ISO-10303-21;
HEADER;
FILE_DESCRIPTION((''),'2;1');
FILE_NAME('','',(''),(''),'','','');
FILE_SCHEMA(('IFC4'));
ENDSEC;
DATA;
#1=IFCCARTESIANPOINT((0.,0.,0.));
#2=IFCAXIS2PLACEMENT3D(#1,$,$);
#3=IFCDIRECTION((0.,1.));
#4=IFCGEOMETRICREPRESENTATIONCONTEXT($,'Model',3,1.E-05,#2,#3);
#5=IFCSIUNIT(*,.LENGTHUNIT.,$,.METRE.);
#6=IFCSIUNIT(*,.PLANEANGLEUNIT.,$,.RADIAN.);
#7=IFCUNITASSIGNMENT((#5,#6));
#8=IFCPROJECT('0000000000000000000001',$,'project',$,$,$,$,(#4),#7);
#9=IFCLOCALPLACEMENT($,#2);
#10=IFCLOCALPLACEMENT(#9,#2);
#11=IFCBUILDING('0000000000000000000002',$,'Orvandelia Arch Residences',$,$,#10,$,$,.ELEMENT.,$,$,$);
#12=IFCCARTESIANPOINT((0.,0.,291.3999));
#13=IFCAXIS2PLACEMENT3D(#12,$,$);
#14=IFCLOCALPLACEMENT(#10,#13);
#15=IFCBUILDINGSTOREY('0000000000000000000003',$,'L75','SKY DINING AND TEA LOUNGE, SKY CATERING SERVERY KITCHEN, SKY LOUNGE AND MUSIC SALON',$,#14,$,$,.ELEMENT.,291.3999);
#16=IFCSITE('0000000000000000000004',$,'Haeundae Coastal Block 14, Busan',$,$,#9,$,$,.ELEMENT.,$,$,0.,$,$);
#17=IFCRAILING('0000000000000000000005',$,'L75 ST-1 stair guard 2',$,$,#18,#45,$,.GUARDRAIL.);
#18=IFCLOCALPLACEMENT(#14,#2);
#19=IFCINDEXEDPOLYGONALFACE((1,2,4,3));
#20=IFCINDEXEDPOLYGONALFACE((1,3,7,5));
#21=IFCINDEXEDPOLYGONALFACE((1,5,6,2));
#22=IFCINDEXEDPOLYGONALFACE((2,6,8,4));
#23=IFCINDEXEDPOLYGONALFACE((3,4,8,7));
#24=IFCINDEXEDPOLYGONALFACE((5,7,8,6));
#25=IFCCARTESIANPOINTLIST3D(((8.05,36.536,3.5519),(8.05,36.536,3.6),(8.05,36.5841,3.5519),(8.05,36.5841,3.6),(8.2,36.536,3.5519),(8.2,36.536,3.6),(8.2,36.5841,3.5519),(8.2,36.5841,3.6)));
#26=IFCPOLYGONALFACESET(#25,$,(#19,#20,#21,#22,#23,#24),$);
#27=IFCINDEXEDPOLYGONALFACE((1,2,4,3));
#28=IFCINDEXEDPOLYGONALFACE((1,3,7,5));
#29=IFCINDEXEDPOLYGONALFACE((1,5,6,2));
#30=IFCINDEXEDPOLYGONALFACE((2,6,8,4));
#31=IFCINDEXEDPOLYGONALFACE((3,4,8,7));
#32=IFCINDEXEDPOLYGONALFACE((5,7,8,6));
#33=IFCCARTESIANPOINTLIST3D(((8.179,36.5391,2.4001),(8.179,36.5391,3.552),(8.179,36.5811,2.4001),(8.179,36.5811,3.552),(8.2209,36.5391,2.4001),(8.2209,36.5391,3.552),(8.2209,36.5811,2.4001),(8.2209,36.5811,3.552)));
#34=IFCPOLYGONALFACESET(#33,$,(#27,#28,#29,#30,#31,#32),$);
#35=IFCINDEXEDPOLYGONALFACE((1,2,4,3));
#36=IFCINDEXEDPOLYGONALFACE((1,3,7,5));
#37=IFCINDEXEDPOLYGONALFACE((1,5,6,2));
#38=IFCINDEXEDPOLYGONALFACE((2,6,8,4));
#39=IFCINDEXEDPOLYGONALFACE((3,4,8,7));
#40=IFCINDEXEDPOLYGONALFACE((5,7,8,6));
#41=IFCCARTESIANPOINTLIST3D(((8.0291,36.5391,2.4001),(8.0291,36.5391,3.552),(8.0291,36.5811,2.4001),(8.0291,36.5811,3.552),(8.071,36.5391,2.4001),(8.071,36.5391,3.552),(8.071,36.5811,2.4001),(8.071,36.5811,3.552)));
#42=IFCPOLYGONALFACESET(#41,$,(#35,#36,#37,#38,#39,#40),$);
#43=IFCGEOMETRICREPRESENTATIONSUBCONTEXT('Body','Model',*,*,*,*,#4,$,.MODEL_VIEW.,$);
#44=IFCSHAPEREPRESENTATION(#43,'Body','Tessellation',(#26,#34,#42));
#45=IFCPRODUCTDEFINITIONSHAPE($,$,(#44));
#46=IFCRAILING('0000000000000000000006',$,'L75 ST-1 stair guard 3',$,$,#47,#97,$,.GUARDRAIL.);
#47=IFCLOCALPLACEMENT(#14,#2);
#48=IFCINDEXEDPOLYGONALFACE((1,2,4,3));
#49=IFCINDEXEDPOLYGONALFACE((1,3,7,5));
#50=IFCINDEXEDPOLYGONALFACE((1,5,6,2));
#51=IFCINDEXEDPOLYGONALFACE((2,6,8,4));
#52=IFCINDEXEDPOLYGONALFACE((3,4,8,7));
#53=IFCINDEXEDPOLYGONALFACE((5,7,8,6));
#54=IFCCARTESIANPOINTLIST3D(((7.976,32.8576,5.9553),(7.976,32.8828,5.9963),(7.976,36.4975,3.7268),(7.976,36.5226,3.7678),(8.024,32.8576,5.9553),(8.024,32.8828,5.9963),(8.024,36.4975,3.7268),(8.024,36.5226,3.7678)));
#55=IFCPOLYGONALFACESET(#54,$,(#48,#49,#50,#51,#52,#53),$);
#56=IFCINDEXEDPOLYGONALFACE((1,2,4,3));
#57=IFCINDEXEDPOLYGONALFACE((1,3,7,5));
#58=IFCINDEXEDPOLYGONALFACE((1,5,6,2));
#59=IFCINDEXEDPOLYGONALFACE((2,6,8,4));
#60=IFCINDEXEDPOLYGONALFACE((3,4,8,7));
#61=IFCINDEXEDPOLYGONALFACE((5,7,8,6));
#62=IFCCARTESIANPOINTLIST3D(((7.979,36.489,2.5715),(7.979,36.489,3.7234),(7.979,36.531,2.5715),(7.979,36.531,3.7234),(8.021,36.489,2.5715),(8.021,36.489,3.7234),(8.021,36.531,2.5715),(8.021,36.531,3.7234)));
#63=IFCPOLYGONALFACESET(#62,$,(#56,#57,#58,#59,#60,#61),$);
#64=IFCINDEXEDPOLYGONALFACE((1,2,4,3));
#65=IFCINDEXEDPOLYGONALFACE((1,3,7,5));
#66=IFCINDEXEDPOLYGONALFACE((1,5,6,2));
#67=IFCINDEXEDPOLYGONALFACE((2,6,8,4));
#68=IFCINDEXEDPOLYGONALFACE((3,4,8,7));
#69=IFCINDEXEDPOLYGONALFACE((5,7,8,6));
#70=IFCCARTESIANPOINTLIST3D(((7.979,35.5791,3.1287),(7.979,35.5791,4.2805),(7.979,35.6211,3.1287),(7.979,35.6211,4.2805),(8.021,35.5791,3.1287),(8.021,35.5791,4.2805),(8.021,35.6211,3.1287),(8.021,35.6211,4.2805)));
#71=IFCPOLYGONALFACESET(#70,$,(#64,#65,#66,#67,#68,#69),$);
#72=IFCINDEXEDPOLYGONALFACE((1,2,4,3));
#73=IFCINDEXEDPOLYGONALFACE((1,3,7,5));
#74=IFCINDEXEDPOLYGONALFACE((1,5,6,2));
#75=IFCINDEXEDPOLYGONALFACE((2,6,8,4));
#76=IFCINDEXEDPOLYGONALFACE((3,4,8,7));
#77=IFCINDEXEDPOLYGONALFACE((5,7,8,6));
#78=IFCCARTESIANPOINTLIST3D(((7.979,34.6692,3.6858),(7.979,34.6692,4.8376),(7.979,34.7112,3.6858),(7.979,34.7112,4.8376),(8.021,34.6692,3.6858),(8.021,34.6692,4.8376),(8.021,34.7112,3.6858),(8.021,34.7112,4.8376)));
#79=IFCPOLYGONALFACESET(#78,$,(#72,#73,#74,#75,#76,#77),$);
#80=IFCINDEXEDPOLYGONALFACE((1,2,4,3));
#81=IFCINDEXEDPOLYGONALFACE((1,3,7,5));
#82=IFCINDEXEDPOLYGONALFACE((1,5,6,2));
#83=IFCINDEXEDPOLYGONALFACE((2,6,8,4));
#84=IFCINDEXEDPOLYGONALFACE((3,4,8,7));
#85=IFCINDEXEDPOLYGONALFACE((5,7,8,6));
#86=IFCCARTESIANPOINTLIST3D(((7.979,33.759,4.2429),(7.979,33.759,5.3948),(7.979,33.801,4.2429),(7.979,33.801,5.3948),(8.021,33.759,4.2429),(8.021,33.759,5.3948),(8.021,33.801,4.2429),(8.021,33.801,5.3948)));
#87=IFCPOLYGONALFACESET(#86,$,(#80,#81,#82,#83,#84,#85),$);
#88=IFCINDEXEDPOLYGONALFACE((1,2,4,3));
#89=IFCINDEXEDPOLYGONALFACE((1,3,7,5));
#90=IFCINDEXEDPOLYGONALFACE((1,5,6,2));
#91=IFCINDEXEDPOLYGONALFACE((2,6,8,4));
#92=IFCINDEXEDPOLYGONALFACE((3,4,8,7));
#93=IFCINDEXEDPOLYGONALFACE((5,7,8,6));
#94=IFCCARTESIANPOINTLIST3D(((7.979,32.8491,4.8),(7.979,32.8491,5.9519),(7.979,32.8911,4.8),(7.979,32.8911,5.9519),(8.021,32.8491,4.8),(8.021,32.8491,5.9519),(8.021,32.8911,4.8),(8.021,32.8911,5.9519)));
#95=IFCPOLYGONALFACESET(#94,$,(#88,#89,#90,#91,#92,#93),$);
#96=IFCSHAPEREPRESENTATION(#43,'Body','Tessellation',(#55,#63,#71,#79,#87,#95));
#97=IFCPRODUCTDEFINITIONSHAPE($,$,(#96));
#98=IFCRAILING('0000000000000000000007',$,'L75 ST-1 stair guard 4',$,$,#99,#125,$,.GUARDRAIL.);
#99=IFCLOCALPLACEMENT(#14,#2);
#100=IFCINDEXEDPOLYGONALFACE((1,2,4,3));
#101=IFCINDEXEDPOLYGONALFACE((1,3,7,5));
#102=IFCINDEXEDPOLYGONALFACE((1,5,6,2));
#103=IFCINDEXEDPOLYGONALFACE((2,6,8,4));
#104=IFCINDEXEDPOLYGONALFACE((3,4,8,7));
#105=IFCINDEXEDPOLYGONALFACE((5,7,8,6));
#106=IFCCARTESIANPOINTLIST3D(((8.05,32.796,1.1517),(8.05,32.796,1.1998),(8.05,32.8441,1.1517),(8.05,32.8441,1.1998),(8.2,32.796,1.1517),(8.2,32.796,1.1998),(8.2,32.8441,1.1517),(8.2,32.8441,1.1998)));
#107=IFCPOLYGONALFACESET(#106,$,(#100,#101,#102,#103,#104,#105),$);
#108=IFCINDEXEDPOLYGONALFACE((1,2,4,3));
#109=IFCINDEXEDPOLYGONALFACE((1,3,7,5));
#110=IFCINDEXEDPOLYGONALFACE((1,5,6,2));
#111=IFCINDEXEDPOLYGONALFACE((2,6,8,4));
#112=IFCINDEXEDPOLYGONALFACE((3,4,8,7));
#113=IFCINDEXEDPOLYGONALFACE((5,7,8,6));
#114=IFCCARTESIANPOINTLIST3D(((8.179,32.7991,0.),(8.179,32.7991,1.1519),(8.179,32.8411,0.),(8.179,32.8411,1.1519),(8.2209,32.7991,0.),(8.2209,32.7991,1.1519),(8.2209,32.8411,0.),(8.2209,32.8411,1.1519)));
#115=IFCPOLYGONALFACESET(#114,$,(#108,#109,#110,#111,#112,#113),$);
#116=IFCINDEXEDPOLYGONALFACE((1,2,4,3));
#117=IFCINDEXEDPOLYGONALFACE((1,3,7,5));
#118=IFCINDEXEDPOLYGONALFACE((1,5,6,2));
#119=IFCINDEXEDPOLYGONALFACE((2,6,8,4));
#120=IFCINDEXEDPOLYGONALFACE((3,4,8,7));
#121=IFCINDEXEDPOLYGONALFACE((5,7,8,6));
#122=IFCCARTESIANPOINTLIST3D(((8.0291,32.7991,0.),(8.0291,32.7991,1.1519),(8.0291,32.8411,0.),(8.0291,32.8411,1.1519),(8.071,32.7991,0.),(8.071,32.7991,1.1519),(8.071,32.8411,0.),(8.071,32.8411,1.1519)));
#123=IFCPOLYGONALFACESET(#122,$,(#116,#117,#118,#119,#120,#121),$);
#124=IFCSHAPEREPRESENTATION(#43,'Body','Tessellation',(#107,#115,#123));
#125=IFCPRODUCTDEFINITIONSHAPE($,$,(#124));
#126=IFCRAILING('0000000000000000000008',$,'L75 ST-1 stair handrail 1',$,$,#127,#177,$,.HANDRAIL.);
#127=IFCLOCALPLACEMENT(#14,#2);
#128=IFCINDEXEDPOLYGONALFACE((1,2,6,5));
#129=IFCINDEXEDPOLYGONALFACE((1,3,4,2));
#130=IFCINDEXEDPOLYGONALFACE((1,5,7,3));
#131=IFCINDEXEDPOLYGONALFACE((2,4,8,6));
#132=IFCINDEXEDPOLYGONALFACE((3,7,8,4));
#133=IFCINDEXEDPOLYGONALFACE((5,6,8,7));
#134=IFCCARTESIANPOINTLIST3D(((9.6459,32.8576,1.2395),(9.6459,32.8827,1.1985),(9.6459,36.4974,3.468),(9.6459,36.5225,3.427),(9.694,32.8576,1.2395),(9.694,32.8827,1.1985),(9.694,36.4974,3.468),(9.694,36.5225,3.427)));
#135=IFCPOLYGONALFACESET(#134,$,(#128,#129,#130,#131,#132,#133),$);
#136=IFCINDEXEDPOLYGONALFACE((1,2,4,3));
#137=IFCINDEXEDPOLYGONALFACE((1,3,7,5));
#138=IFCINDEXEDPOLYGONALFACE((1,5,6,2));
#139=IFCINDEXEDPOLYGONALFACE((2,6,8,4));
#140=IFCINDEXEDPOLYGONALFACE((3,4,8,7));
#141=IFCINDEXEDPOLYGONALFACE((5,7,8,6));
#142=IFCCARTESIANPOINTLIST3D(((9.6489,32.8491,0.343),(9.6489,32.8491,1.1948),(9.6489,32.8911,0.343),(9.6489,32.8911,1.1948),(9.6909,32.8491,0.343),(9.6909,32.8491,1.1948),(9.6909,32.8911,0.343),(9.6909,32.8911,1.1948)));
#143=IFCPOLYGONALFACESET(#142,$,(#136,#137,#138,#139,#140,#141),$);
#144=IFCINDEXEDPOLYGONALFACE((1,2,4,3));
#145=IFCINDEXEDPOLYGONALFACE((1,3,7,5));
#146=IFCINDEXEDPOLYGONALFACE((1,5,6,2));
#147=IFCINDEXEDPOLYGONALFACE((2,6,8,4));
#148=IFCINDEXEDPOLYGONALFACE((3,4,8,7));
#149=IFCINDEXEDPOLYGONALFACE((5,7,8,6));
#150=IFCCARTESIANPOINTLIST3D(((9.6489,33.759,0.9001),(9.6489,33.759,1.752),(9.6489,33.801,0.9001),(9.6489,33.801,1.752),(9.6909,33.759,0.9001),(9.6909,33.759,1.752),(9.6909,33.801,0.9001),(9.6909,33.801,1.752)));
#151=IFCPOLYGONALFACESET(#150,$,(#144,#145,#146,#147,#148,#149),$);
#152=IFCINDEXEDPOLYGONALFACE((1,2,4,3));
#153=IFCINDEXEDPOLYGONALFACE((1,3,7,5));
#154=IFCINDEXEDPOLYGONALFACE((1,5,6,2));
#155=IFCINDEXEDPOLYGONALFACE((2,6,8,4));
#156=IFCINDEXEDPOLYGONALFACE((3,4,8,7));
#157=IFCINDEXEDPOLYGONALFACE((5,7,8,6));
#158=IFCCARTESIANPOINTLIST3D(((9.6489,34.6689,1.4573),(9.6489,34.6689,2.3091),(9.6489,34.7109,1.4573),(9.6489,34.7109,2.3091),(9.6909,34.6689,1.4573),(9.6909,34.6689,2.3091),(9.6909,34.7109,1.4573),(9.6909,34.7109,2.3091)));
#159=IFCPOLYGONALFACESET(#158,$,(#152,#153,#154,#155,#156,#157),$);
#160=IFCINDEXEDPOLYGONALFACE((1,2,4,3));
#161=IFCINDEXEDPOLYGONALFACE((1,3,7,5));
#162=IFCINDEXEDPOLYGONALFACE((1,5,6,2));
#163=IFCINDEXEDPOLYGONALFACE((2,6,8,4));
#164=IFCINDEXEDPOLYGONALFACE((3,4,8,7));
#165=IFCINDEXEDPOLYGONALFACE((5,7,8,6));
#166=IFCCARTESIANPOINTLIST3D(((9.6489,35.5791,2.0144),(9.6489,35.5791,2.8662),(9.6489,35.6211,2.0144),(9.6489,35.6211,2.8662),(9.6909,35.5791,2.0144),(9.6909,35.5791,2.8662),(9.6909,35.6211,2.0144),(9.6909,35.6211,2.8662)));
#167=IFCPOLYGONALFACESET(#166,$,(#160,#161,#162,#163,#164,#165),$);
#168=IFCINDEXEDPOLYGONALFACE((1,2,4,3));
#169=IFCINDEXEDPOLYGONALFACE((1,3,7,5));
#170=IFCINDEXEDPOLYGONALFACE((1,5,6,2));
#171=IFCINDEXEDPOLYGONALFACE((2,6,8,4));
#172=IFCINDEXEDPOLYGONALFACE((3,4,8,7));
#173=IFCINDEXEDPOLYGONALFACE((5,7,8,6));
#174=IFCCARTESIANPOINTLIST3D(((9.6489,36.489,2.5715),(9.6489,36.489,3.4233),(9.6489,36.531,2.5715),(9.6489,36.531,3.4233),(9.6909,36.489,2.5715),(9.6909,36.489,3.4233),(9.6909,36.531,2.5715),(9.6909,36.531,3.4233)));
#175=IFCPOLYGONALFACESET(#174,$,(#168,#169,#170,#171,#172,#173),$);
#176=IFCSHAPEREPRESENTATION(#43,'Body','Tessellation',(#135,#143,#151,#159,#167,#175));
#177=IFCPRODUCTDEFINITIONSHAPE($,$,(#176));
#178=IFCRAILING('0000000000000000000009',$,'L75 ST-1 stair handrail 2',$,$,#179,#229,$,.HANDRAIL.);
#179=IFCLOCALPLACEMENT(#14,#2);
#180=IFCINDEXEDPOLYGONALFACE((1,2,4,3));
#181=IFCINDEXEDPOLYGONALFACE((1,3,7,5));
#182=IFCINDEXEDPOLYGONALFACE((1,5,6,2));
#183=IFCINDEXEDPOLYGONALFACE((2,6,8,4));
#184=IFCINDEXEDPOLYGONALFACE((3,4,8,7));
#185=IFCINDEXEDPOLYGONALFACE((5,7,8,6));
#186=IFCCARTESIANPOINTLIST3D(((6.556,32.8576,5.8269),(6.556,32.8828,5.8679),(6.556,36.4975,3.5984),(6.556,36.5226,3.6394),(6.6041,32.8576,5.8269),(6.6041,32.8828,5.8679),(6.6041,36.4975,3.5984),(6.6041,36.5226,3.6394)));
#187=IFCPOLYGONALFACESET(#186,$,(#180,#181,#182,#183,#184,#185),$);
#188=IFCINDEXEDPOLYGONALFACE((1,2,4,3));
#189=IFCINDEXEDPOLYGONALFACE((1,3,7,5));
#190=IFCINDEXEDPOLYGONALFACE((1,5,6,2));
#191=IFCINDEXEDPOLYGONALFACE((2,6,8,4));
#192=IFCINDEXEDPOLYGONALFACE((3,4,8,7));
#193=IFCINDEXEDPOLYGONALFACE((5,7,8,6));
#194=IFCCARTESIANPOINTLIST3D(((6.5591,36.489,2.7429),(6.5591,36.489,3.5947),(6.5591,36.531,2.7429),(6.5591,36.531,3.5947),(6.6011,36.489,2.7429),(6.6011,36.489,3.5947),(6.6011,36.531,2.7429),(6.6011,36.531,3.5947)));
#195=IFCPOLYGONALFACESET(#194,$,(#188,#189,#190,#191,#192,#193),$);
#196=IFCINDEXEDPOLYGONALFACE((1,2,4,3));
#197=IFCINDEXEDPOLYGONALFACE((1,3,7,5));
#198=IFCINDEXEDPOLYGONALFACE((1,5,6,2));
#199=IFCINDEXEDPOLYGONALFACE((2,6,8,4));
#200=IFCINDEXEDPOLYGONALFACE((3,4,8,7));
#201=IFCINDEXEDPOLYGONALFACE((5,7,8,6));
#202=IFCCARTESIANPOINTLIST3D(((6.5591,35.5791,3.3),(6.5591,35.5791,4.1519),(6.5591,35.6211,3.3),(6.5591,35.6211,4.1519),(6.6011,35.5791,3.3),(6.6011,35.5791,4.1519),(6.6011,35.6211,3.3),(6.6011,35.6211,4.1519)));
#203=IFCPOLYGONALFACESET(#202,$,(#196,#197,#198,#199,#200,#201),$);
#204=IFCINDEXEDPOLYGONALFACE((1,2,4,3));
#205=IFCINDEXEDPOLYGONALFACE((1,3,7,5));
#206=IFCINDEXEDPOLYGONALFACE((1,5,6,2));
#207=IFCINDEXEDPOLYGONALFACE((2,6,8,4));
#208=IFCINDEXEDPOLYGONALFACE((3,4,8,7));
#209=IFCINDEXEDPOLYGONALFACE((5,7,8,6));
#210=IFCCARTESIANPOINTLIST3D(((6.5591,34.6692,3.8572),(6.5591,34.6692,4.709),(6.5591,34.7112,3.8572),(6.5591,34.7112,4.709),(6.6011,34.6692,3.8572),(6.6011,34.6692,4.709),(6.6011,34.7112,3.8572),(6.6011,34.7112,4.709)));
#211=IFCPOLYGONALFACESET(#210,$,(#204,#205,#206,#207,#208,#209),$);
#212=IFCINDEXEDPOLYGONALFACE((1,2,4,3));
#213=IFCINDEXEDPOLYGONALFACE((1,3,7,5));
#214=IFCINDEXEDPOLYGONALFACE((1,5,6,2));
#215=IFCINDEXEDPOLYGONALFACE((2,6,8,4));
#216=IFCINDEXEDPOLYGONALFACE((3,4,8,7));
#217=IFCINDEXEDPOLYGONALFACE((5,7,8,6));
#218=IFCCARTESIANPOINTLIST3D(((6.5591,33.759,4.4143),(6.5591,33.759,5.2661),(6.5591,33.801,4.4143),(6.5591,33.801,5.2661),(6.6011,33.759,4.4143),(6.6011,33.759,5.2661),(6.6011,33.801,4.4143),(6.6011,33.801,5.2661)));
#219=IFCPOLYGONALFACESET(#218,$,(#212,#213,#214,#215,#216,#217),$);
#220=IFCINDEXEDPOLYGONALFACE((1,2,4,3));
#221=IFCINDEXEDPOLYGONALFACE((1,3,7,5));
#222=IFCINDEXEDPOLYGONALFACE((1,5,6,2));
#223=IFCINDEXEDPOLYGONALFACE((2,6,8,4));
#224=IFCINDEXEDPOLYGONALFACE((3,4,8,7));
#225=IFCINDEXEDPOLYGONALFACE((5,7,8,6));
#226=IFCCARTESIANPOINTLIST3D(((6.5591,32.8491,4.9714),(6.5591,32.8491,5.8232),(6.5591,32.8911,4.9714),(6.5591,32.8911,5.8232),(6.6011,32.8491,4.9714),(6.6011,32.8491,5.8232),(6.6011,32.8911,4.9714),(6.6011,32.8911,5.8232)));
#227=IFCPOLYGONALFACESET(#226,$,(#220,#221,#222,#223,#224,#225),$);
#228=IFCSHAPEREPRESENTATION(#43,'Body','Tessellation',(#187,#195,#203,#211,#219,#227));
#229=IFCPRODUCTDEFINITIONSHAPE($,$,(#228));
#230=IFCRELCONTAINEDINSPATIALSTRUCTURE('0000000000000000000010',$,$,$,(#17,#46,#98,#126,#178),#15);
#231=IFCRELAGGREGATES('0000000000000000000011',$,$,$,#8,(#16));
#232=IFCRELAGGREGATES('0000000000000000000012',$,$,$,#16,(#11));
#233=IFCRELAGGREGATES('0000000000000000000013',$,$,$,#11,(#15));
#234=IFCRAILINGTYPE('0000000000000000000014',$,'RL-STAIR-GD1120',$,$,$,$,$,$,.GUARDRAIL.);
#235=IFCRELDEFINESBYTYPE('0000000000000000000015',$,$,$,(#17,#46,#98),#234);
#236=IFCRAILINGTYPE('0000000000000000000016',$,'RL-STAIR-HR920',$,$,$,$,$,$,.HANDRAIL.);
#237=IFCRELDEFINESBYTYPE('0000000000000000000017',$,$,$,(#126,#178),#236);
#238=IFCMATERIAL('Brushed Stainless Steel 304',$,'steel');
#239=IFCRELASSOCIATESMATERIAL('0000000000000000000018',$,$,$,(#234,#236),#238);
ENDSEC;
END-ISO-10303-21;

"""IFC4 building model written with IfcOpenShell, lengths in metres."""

from ifc_helpers import new_model, si_unit, direction, frame, origin, origin_2d, place, context, subcontext, project, spatial, rectangle, extrude, material, type_object, element, save


model = new_model("IFC4")

# Units and contexts
model_context = context("Model", 3, precision=1e-05, world=origin(), true_north=direction((0.0, 1.0)))
body_context = subcontext(model_context, "Body", "Model", "MODEL_VIEW")
ifc_project = project(units=[si_unit("LENGTHUNIT", "METRE"), si_unit("PLANEANGLEUNIT", "RADIAN")], contexts=[model_context])

# Site, building, storey
site_placement = place(None, origin())
site = spatial("IfcSite", under=ifc_project, at=site_placement, Name="Haeundae Coastal Block 14, Busan", CompositionType="ELEMENT", RefElevation=0.0)
building_placement = place(site_placement, origin())
building = spatial("IfcBuilding", under=site, at=building_placement, Name="Orvandelia Arch Residences", CompositionType="ELEMENT")
storey_placement = place(building_placement, frame((0.0, 0.0, 291.3999)))
storey = spatial("IfcBuildingStorey", under=building, at=storey_placement, Name="L75", Description="SKY DINING AND TEA LOUNGE, SKY CATERING SERVERY KITCHEN, SKY LOUNGE AND MUSIC SALON", CompositionType="ELEMENT", Elevation=291.3999)

# Railings
ifc_material_1 = material(Name="Brushed Stainless Steel 304", Category="steel")
railing_type_1 = type_object("IfcRailingType", Name="RL-STAIR-GD1120", PredefinedType="GUARDRAIL", material=ifc_material_1)
railing_1_placement = place(storey_placement, frame((8.2, 36.5601, 2.4001)))
element("IfcRailing", 1, at=railing_1_placement, inside=storey, type_object=railing_type_1, Name="L75 ST-1 stair guard 2", PredefinedType="GUARDRAIL", context=body_context, shape_type="SweptSolid", body=[
    extrude(rectangle(XDim=0.0481, YDim=0.0481, at=origin_2d()), frame((0.0, 0.0, 1.1758), z_axis=(-1.0, 0.0, 0.0), x_axis=(0.0, -1.0, 0.0)), (0.0, 0.0, 1.0), 0.1499),
    extrude(rectangle(XDim=0.042, YDim=0.042, at=origin_2d()), origin(), (0.0, 0.0, 1.0), 1.1519),
    extrude(rectangle(XDim=0.042, YDim=0.042, at=origin_2d()), frame((-0.1499, 0.0, 0.0)), (0.0, 0.0, 1.0), 1.1519),
])
railing_2_placement = place(storey_placement, frame((8.0, 36.51, 2.5715)))
element("IfcRailing", 2, at=railing_2_placement, inside=storey, type_object=railing_type_1, Name="L75 ST-1 stair guard 3", PredefinedType="GUARDRAIL", context=body_context, shape_type="SweptSolid", body=[
    extrude(rectangle(XDim=0.0481, YDim=0.0481, at=origin_2d()), frame((0.0, 0.0, 1.1758), z_axis=(0.0, -0.85285, 0.522156), x_axis=(1.0, 0.0, 0.0)), (0.0, 0.0, 1.0), 4.2678),
    extrude(rectangle(XDim=0.042, YDim=0.042, at=origin_2d()), origin(), (0.0, 0.0, 1.0), 1.1519),
    extrude(rectangle(XDim=0.042, YDim=0.042, at=origin_2d()), frame((0.0, -0.9099, 0.5571)), (0.0, 0.0, 1.0), 1.1519),
    extrude(rectangle(XDim=0.042, YDim=0.042, at=origin_2d()), frame((0.0, -1.8198, 1.1143)), (0.0, 0.0, 1.0), 1.1519),
    extrude(rectangle(XDim=0.042, YDim=0.042, at=origin_2d()), frame((0.0, -2.73, 1.6714)), (0.0, 0.0, 1.0), 1.1519),
    extrude(rectangle(XDim=0.042, YDim=0.042, at=origin_2d()), frame((0.0, -3.6399, 2.2285)), (0.0, 0.0, 1.0), 1.1519),
])
railing_3_placement = place(storey_placement, frame((8.2, 32.8201, 0.0)))
element("IfcRailing", 3, at=railing_3_placement, inside=storey, type_object=railing_type_1, Name="L75 ST-1 stair guard 4", PredefinedType="GUARDRAIL", context=body_context, shape_type="SweptSolid", body=[
    extrude(rectangle(XDim=0.0481, YDim=0.0481, at=origin_2d()), frame((0.0, 0.0, 1.1758), z_axis=(-1.0, 0.0, 0.0), x_axis=(0.0, -1.0, 0.0)), (0.0, 0.0, 1.0), 0.1499),
    extrude(rectangle(XDim=0.042, YDim=0.042, at=origin_2d()), origin(), (0.0, 0.0, 1.0), 1.1519),
    extrude(rectangle(XDim=0.042, YDim=0.042, at=origin_2d()), frame((-0.1499, 0.0, 0.0)), (0.0, 0.0, 1.0), 1.1519),
])
railing_type_2 = type_object("IfcRailingType", Name="RL-STAIR-HR920", PredefinedType="HANDRAIL", material=ifc_material_1)
railing_4_placement = place(storey_placement, frame((9.6699, 32.8701, 0.343)))
element("IfcRailing", 4, at=railing_4_placement, inside=storey, type_object=railing_type_2, Name="L75 ST-1 stair handrail 1", PredefinedType="HANDRAIL", context=body_context, shape_type="SweptSolid", body=[
    extrude(rectangle(XDim=0.0481, YDim=0.0481, at=origin_2d()), frame((0.0, 0.0, 0.876), z_axis=(0.0, 0.85285, 0.522156), x_axis=(-1.0, 0.0, 0.0)), (0.0, 0.0, 1.0), 4.2678),
    extrude(rectangle(XDim=0.042, YDim=0.042, at=origin_2d()), origin(), (0.0, 0.0, 1.0), 0.8518),
    extrude(rectangle(XDim=0.042, YDim=0.042, at=origin_2d()), frame((0.0, 0.9099, 0.5571)), (0.0, 0.0, 1.0), 0.8518),
    extrude(rectangle(XDim=0.042, YDim=0.042, at=origin_2d()), frame((0.0, 1.8198, 1.1143)), (0.0, 0.0, 1.0), 0.8518),
    extrude(rectangle(XDim=0.042, YDim=0.042, at=origin_2d()), frame((0.0, 2.73, 1.6714)), (0.0, 0.0, 1.0), 0.8518),
    extrude(rectangle(XDim=0.042, YDim=0.042, at=origin_2d()), frame((0.0, 3.6399, 2.2285)), (0.0, 0.0, 1.0), 0.8518),
])
railing_5_placement = place(storey_placement, frame((6.5801, 36.51, 2.7429)))
element("IfcRailing", 5, at=railing_5_placement, inside=storey, type_object=railing_type_2, Name="L75 ST-1 stair handrail 2", PredefinedType="HANDRAIL", context=body_context, shape_type="SweptSolid", body=[
    extrude(rectangle(XDim=0.0481, YDim=0.0481, at=origin_2d()), frame((0.0, 0.0, 0.876), z_axis=(0.0, -0.85285, 0.522156), x_axis=(1.0, 0.0, 0.0)), (0.0, 0.0, 1.0), 4.2678),
    extrude(rectangle(XDim=0.042, YDim=0.042, at=origin_2d()), origin(), (0.0, 0.0, 1.0), 0.8518),
    extrude(rectangle(XDim=0.042, YDim=0.042, at=origin_2d()), frame((0.0, -0.9099, 0.5571)), (0.0, 0.0, 1.0), 0.8518),
    extrude(rectangle(XDim=0.042, YDim=0.042, at=origin_2d()), frame((0.0, -1.8198, 1.1143)), (0.0, 0.0, 1.0), 0.8518),
    extrude(rectangle(XDim=0.042, YDim=0.042, at=origin_2d()), frame((0.0, -2.73, 1.6714)), (0.0, 0.0, 1.0), 0.8518),
    extrude(rectangle(XDim=0.042, YDim=0.042, at=origin_2d()), frame((0.0, -3.6399, 2.2285)), (0.0, 0.0, 1.0), 0.8518),
])

save(model, "model.ifc")
